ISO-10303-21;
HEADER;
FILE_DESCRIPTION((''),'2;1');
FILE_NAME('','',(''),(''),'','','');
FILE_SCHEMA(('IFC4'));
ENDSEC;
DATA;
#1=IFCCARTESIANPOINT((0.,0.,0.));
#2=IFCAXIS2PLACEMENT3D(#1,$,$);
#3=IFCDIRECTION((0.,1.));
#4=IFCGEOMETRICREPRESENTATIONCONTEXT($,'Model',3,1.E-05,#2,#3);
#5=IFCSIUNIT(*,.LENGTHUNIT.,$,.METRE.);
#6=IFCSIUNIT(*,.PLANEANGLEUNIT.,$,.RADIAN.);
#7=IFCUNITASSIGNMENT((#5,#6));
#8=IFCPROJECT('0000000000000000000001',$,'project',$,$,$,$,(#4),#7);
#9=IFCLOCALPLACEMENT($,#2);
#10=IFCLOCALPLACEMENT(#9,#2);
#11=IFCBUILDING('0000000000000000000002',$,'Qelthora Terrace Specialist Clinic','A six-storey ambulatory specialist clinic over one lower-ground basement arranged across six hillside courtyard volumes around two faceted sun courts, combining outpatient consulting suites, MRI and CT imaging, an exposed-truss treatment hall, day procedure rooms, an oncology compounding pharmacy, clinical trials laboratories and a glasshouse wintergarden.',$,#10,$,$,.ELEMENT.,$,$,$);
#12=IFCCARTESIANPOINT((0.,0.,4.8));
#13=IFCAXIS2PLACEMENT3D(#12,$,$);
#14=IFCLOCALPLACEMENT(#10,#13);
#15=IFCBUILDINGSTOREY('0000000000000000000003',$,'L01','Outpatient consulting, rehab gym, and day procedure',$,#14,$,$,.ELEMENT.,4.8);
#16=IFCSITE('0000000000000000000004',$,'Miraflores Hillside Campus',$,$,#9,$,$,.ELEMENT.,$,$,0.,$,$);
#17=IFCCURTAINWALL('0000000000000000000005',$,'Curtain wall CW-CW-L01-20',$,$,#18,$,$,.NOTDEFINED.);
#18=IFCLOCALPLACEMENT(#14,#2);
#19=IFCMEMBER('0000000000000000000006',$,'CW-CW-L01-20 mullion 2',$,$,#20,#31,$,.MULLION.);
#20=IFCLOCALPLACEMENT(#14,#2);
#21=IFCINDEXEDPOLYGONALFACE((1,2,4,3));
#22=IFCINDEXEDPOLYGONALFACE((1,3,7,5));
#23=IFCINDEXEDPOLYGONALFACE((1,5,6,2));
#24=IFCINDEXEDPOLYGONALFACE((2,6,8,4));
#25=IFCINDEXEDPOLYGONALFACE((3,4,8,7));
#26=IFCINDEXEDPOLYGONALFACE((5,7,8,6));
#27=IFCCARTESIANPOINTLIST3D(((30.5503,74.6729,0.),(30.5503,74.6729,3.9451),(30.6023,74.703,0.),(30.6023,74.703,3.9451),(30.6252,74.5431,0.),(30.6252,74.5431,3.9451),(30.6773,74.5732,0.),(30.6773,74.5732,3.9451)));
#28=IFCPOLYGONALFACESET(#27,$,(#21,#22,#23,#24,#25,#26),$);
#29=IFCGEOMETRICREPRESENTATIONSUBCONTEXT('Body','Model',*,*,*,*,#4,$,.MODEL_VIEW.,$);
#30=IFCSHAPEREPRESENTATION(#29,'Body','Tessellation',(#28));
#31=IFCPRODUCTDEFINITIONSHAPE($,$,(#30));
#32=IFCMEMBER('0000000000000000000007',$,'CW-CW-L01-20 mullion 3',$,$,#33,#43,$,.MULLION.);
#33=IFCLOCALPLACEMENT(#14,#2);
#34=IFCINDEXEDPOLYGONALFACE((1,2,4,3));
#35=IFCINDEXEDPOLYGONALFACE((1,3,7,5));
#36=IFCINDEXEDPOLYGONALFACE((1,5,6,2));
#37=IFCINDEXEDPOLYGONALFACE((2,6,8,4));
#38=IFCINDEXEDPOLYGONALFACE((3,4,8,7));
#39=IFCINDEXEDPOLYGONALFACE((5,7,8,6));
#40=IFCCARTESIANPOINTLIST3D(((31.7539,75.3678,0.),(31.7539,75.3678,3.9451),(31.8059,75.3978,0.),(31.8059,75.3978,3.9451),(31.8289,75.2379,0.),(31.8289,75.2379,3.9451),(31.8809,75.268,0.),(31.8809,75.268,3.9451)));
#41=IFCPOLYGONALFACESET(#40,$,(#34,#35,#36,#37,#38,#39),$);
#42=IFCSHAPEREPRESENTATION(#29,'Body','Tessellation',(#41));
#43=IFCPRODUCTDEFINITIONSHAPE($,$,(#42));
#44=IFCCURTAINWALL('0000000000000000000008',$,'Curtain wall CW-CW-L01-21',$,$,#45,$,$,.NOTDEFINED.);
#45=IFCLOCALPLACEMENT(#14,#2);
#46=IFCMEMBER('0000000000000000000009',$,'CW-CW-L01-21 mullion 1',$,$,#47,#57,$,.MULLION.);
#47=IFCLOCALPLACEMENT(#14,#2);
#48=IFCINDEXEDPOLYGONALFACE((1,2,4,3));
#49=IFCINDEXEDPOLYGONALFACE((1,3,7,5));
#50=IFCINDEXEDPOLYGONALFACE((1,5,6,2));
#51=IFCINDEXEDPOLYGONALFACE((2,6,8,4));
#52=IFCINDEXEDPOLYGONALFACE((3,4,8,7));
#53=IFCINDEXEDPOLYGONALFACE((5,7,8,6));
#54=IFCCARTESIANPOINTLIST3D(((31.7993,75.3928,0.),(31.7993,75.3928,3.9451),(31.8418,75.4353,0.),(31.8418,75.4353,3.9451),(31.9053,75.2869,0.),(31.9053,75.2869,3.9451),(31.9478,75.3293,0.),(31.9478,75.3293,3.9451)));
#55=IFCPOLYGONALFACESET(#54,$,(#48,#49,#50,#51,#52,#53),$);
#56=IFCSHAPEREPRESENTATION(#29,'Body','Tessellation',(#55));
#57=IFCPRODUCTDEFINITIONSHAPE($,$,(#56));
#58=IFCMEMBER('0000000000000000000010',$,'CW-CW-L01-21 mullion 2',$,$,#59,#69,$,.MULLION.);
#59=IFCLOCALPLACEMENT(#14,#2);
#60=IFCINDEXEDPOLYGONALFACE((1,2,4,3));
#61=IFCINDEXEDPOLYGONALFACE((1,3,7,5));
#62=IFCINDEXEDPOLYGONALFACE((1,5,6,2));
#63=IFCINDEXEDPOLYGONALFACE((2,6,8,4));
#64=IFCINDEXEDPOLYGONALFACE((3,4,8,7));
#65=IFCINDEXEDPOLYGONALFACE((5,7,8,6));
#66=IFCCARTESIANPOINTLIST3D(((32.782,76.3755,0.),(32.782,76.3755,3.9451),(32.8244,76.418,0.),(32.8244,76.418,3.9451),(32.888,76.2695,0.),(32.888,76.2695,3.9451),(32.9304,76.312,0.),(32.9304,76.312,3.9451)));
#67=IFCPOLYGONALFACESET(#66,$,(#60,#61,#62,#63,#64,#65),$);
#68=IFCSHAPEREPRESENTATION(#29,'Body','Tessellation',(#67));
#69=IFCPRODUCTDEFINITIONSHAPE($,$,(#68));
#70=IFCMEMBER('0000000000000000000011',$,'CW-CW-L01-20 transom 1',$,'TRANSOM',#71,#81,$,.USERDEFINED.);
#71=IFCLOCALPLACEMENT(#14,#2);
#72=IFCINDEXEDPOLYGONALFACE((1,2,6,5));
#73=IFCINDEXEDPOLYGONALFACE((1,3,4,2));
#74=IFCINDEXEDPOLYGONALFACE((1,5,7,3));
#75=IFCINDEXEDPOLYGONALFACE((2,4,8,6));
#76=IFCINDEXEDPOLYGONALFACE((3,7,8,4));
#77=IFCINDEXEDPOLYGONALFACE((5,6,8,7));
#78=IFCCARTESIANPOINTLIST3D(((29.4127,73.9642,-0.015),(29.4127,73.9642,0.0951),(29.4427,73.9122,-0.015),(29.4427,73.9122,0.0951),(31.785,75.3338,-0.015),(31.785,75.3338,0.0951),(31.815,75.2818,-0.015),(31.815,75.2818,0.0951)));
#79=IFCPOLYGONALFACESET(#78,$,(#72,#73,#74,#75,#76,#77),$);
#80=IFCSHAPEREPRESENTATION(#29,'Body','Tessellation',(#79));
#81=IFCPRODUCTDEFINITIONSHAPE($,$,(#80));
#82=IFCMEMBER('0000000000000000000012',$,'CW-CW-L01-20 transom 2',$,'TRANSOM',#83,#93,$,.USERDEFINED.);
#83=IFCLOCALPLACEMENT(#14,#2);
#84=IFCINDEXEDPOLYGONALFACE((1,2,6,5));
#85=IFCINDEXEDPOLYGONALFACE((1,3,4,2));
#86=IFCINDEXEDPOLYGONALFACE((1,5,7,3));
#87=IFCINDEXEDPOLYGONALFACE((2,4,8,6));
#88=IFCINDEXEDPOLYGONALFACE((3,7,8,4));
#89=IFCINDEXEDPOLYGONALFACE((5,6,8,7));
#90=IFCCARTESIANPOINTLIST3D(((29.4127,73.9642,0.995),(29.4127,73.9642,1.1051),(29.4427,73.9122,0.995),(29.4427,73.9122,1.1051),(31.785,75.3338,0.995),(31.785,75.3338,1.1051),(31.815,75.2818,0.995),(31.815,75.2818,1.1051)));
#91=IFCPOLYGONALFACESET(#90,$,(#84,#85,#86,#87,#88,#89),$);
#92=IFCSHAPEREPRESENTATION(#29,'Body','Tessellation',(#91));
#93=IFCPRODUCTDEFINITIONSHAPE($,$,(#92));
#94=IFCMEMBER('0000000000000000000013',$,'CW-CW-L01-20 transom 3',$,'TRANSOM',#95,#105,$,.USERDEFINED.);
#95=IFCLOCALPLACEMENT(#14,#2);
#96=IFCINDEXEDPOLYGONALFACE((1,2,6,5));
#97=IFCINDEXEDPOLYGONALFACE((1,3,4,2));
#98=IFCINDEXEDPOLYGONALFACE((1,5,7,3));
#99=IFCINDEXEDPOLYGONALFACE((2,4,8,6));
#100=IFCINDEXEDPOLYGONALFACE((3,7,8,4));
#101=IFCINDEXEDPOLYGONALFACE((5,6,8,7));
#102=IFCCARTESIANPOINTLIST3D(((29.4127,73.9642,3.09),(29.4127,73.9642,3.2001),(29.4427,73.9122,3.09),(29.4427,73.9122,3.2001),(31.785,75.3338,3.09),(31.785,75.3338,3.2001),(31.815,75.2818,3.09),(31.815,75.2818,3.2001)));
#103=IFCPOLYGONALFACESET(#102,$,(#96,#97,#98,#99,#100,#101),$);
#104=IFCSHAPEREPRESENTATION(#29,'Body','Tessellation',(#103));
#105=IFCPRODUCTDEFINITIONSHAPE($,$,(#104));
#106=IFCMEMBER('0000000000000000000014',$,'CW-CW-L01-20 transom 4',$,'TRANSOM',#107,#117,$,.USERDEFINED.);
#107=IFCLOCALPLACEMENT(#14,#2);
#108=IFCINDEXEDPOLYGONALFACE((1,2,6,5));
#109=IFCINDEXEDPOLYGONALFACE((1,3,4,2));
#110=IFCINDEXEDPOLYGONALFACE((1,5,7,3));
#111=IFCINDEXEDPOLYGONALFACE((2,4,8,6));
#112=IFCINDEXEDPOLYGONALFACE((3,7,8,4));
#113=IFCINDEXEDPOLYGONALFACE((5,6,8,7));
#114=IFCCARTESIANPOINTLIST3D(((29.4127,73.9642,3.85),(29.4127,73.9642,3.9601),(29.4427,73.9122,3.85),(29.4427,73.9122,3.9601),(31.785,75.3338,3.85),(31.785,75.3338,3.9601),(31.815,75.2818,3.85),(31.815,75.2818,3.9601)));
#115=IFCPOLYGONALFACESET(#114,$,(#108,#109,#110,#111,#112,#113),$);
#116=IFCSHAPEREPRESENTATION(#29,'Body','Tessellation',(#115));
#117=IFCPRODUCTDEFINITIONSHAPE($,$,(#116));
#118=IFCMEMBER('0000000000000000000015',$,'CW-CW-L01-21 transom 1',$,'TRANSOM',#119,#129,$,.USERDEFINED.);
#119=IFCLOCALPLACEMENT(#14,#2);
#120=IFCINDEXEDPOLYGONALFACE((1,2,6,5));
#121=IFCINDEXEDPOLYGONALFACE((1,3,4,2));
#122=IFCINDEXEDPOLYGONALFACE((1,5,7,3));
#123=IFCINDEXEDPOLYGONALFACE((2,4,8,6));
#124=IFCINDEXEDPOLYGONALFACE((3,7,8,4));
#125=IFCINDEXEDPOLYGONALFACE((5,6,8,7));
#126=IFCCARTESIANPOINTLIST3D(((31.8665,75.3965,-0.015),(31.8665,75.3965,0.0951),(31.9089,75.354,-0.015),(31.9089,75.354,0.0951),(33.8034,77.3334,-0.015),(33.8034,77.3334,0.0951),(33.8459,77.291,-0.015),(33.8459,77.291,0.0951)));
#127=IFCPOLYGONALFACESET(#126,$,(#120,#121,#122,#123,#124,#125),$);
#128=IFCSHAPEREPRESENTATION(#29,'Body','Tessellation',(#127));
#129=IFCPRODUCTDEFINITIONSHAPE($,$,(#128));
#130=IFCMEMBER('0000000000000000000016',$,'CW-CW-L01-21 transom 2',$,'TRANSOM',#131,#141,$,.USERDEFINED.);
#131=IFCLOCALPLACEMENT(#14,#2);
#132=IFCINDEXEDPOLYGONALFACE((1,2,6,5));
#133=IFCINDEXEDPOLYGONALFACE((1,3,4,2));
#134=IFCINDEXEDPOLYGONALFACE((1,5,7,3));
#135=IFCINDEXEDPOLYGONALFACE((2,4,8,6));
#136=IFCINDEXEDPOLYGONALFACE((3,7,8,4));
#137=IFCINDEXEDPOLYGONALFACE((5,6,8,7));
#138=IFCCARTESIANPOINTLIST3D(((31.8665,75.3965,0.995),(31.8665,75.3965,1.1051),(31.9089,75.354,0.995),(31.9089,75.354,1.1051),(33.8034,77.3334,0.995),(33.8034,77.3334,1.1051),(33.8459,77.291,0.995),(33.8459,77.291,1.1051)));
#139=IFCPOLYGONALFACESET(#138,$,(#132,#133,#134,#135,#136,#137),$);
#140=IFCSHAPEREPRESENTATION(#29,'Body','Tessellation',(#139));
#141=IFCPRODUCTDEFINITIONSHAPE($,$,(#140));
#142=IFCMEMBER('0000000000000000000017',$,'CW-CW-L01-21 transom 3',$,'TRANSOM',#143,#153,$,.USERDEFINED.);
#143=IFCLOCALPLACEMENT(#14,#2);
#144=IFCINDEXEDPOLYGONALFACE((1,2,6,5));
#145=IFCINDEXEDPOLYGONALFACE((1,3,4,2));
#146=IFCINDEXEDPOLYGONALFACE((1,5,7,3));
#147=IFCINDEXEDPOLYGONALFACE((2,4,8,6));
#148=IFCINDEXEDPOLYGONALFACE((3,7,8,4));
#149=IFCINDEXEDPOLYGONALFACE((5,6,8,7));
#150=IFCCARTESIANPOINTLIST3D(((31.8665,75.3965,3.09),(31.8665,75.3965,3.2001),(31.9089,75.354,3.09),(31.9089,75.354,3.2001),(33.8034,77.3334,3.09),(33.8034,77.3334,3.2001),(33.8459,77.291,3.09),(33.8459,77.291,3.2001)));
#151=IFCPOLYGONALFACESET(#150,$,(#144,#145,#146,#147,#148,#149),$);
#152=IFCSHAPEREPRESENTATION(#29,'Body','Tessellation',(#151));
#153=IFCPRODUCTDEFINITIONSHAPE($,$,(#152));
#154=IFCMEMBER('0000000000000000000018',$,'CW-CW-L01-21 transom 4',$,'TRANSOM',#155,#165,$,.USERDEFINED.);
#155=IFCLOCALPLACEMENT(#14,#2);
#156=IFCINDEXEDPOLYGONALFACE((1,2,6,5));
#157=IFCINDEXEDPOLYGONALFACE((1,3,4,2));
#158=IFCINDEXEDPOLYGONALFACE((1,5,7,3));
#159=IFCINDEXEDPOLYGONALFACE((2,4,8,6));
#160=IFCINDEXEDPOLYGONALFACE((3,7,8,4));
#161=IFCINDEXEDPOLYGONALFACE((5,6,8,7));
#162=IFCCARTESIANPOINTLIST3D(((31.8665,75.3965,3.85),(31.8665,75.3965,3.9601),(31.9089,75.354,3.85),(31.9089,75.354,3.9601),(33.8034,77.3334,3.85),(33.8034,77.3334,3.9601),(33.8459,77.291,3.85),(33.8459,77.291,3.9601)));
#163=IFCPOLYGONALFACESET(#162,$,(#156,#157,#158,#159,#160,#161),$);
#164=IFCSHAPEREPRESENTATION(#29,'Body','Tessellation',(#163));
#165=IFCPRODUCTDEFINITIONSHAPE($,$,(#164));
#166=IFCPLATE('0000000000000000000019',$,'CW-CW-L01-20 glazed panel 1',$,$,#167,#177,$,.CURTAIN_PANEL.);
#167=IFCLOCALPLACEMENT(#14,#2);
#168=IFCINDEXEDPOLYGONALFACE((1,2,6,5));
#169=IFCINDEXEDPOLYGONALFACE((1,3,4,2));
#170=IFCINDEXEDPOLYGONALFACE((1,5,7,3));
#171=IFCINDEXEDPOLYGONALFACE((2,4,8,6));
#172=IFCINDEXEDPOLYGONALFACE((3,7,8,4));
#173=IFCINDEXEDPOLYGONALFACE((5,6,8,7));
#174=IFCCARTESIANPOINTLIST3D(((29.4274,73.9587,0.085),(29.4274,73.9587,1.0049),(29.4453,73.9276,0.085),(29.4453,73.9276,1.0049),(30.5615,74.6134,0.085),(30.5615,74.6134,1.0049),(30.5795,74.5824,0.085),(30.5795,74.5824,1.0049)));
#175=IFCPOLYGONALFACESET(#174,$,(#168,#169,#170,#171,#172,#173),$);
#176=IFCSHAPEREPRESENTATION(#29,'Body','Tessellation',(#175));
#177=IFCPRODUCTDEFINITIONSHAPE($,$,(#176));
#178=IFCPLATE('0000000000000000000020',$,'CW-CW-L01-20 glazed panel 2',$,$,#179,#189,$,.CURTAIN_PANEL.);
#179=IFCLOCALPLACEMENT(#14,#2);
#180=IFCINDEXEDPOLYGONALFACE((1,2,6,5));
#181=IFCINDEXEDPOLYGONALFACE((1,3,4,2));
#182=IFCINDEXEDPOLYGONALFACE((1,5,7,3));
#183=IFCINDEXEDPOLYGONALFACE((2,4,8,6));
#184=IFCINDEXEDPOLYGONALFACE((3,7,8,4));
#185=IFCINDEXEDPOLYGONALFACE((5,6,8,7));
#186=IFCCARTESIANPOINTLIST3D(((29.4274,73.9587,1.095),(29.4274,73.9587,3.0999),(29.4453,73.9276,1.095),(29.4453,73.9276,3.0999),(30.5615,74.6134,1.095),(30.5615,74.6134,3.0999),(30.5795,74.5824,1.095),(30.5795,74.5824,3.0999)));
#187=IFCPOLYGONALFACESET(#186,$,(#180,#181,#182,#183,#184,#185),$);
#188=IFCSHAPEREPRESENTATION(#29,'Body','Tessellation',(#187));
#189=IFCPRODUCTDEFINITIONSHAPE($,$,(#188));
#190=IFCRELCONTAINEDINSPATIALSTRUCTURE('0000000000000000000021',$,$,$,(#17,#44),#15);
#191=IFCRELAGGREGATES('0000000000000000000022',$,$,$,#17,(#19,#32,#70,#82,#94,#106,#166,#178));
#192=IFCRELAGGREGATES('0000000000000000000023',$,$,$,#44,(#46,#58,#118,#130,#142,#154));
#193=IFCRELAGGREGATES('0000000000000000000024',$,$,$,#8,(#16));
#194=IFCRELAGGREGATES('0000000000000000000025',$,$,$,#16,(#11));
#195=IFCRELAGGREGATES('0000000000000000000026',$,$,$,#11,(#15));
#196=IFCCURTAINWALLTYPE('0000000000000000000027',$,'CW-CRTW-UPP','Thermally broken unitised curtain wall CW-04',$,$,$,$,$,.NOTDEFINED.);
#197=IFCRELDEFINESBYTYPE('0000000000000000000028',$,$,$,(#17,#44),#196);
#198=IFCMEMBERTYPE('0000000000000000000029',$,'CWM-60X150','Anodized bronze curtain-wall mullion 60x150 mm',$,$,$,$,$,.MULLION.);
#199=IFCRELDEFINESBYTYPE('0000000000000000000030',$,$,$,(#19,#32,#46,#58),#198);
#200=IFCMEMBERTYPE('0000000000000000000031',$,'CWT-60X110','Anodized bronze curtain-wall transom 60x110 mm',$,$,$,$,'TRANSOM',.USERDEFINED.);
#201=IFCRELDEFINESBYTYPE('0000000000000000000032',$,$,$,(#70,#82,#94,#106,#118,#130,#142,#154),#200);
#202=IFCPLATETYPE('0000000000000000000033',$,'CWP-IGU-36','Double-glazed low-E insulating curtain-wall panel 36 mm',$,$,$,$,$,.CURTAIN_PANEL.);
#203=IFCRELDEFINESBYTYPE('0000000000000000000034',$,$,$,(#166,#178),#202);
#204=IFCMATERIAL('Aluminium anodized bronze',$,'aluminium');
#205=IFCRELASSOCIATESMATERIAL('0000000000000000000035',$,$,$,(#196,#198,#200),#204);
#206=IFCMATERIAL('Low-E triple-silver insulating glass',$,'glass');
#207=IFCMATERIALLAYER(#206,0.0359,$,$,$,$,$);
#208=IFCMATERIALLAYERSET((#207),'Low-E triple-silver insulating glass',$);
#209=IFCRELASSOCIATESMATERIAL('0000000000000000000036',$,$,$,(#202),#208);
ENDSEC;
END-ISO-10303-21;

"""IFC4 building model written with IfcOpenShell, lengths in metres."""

from ifc_helpers import new_model, si_unit, direction, frame, origin, origin_2d, place, context, subcontext, project, spatial, rectangle, extrude, material, layer, layer_set, material_profile, profile_set, type_object, element, aggregate, save


model = new_model("IFC4")

# Units and contexts
model_context = context("Model", 3, precision=1e-05, world=origin(), true_north=direction((0.0, 1.0)))
body_context = subcontext(model_context, "Body", "Model", "MODEL_VIEW")
ifc_project = project(units=[si_unit("LENGTHUNIT", "METRE"), si_unit("PLANEANGLEUNIT", "RADIAN")], contexts=[model_context])

# Site, building, storey
site_placement = place(None, origin())
site = spatial("IfcSite", under=ifc_project, at=site_placement, Name="Miraflores Hillside Campus", CompositionType="ELEMENT", RefElevation=0.0)
building_placement = place(site_placement, origin())
building = spatial("IfcBuilding", under=site, at=building_placement, Name="Qelthora Terrace Specialist Clinic", Description="A six-storey ambulatory specialist clinic over one lower-ground basement arranged across six hillside courtyard volumes around two faceted sun courts, combining outpatient consulting suites, MRI and CT imaging, an exposed-truss treatment hall, day procedure rooms, an oncology compounding pharmacy, clinical trials laboratories and a glasshouse wintergarden.", CompositionType="ELEMENT")
storey_placement = place(building_placement, frame((0.0, 0.0, 4.8)))
storey = spatial("IfcBuildingStorey", under=building, at=storey_placement, Name="L01", Description="Outpatient consulting, rehab gym, and day procedure", CompositionType="ELEMENT", Elevation=4.8)

# Curtain walls, members
ifc_material_1 = material(Name="Aluminium anodized bronze", Category="aluminium")
curtain_wall_type = type_object("IfcCurtainWallType", Name="CW-CRTW-UPP", Description="Thermally broken unitised curtain wall CW-04", PredefinedType="NOTDEFINED", material=ifc_material_1)
curtain_wall_1_placement = place(storey_placement, origin())
curtain_wall_1 = element("IfcCurtainWall", 1, at=curtain_wall_1_placement, inside=storey, type_object=curtain_wall_type, Name="Curtain wall CW-CW-L01-20", PredefinedType="NOTDEFINED")
ifc_material_profile_1 = material_profile(ifc_material_1, rectangle(XDim=0.0601, YDim=0.1499, at=origin_2d()), Name="CWM60X150")
ifc_profile_set_1 = profile_set([ifc_material_profile_1], Name="Aluminium anodized bronze")
member_type_1 = type_object("IfcMemberType", Name="CWM-60X150", Description="Anodized bronze curtain-wall mullion 60x150 mm", PredefinedType="MULLION", material=ifc_profile_set_1)
member_1_placement = place(storey_placement, frame((30.6138, 74.623, 0.0), z_axis=(0.0, 0.0, 1.0), x_axis=(0.866026, 0.5, 0.0)))
member_1 = element("IfcMember", 2, at=member_1_placement, type_object=member_type_1, Name="CW-CW-L01-20 mullion 2", PredefinedType="MULLION", context=body_context, shape_type="SweptSolid", body=[
    extrude(rectangle(XDim=0.0601, YDim=0.1499, at=origin_2d()), origin(), (0.0, 0.0, 1.0), 3.9451),
])
member_2_placement = place(storey_placement, frame((31.8174, 75.3179, 0.0), z_axis=(0.0, 0.0, 1.0), x_axis=(0.866026, 0.5, 0.0)))
member_2 = element("IfcMember", 3, at=member_2_placement, type_object=member_type_1, Name="CW-CW-L01-20 mullion 3", PredefinedType="MULLION", context=body_context, shape_type="SweptSolid", body=[
    extrude(rectangle(XDim=0.0601, YDim=0.1499, at=origin_2d()), origin(), (0.0, 0.0, 1.0), 3.9451),
])
curtain_wall_2_placement = place(storey_placement, origin())
curtain_wall_2 = element("IfcCurtainWall", 4, at=curtain_wall_2_placement, inside=storey, type_object=curtain_wall_type, Name="Curtain wall CW-CW-L01-21", PredefinedType="NOTDEFINED")
member_3_placement = place(storey_placement, frame((31.8735, 75.3611, 0.0), z_axis=(0.0, 0.0, 1.0), x_axis=(0.707107, 0.707107, 0.0)))
member_3 = element("IfcMember", 5, at=member_3_placement, type_object=member_type_1, Name="CW-CW-L01-21 mullion 1", PredefinedType="MULLION", context=body_context, shape_type="SweptSolid", body=[
    extrude(rectangle(XDim=0.0601, YDim=0.1499, at=origin_2d()), origin(), (0.0, 0.0, 1.0), 3.9451),
])
member_4_placement = place(storey_placement, frame((32.8562, 76.3438, 0.0), z_axis=(0.0, 0.0, 1.0), x_axis=(0.707107, 0.707107, 0.0)))
member_4 = element("IfcMember", 6, at=member_4_placement, type_object=member_type_1, Name="CW-CW-L01-21 mullion 2", PredefinedType="MULLION", context=body_context, shape_type="SweptSolid", body=[
    extrude(rectangle(XDim=0.0601, YDim=0.1499, at=origin_2d()), origin(), (0.0, 0.0, 1.0), 3.9451),
])

# Members
ifc_material_profile_2 = material_profile(ifc_material_1, rectangle(XDim=0.0601, YDim=0.1101, at=origin_2d()), Name="CWT60X110")
ifc_profile_set_2 = profile_set([ifc_material_profile_2], Name="Aluminium anodized bronze")
member_type_2 = type_object("IfcMemberType", Name="CWT-60X110", Description="Anodized bronze curtain-wall transom 60x110 mm", ElementType="TRANSOM", PredefinedType="USERDEFINED", material=ifc_profile_set_2)
member_5_placement = place(storey_placement, frame((29.4277, 73.9382, 0.04), z_axis=(0.86603, 0.499992, 0.0), x_axis=(-0.499992, 0.86603, 0.0)))
member_5 = element("IfcMember", 7, at=member_5_placement, type_object=member_type_2, Name="CW-CW-L01-20 transom 1", ObjectType="TRANSOM", PredefinedType="USERDEFINED", context=body_context, shape_type="SweptSolid", body=[
    extrude(rectangle(XDim=0.0601, YDim=0.1101, at=origin_2d()), origin(), (0.0, 0.0, 1.0), 2.7393),
])
member_6_placement = place(storey_placement, frame((29.4277, 73.9382, 1.05), z_axis=(0.86603, 0.499992, 0.0), x_axis=(-0.499992, 0.86603, 0.0)))
member_6 = element("IfcMember", 8, at=member_6_placement, type_object=member_type_2, Name="CW-CW-L01-20 transom 2", ObjectType="TRANSOM", PredefinedType="USERDEFINED", context=body_context, shape_type="SweptSolid", body=[
    extrude(rectangle(XDim=0.0601, YDim=0.1101, at=origin_2d()), origin(), (0.0, 0.0, 1.0), 2.7393),
])
member_7_placement = place(storey_placement, frame((29.4277, 73.9382, 3.145), z_axis=(0.86603, 0.499992, 0.0), x_axis=(-0.499992, 0.86603, 0.0)))
member_7 = element("IfcMember", 9, at=member_7_placement, type_object=member_type_2, Name="CW-CW-L01-20 transom 3", ObjectType="TRANSOM", PredefinedType="USERDEFINED", context=body_context, shape_type="SweptSolid", body=[
    extrude(rectangle(XDim=0.0601, YDim=0.1101, at=origin_2d()), origin(), (0.0, 0.0, 1.0), 2.7393),
])
member_8_placement = place(storey_placement, frame((29.4277, 73.9382, 3.905), z_axis=(0.86603, 0.499992, 0.0), x_axis=(-0.499992, 0.86603, 0.0)))
member_8 = element("IfcMember", 10, at=member_8_placement, type_object=member_type_2, Name="CW-CW-L01-20 transom 4", ObjectType="TRANSOM", PredefinedType="USERDEFINED", context=body_context, shape_type="SweptSolid", body=[
    extrude(rectangle(XDim=0.0601, YDim=0.1101, at=origin_2d()), origin(), (0.0, 0.0, 1.0), 2.7393),
])
member_9_placement = place(storey_placement, frame((31.8877, 75.3752, 0.04), z_axis=(0.707107, 0.707107, 0.0), x_axis=(-0.707107, 0.707107, 0.0)))
member_9 = element("IfcMember", 11, at=member_9_placement, type_object=member_type_2, Name="CW-CW-L01-21 transom 1", ObjectType="TRANSOM", PredefinedType="USERDEFINED", context=body_context, shape_type="SweptSolid", body=[
    extrude(rectangle(XDim=0.0601, YDim=0.1101, at=origin_2d()), origin(), (0.0, 0.0, 1.0), 2.7393),
])
member_10_placement = place(storey_placement, frame((31.8877, 75.3752, 1.05), z_axis=(0.707107, 0.707107, 0.0), x_axis=(-0.707107, 0.707107, 0.0)))
member_10 = element("IfcMember", 12, at=member_10_placement, type_object=member_type_2, Name="CW-CW-L01-21 transom 2", ObjectType="TRANSOM", PredefinedType="USERDEFINED", context=body_context, shape_type="SweptSolid", body=[
    extrude(rectangle(XDim=0.0601, YDim=0.1101, at=origin_2d()), origin(), (0.0, 0.0, 1.0), 2.7393),
])
member_11_placement = place(storey_placement, frame((31.8877, 75.3752, 3.145), z_axis=(0.707107, 0.707107, 0.0), x_axis=(-0.707107, 0.707107, 0.0)))
member_11 = element("IfcMember", 13, at=member_11_placement, type_object=member_type_2, Name="CW-CW-L01-21 transom 3", ObjectType="TRANSOM", PredefinedType="USERDEFINED", context=body_context, shape_type="SweptSolid", body=[
    extrude(rectangle(XDim=0.0601, YDim=0.1101, at=origin_2d()), origin(), (0.0, 0.0, 1.0), 2.7393),
])
member_12_placement = place(storey_placement, frame((31.8877, 75.3752, 3.905), z_axis=(0.707107, 0.707107, 0.0), x_axis=(-0.707107, 0.707107, 0.0)))
member_12 = element("IfcMember", 14, at=member_12_placement, type_object=member_type_2, Name="CW-CW-L01-21 transom 4", ObjectType="TRANSOM", PredefinedType="USERDEFINED", context=body_context, shape_type="SweptSolid", body=[
    extrude(rectangle(XDim=0.0601, YDim=0.1101, at=origin_2d()), origin(), (0.0, 0.0, 1.0), 2.7393),
])

# Plates
ifc_material_2 = material(Name="Low-E triple-silver insulating glass", Category="glass")
ifc_layer = layer(ifc_material_2, 0.0359)
ifc_layer_set = layer_set([ifc_layer], Name="Low-E triple-silver insulating glass")
plate_type = type_object("IfcPlateType", Name="CWP-IGU-36", Description="Double-glazed low-E insulating curtain-wall panel 36 mm", PredefinedType="CURTAIN_PANEL", material=ifc_layer_set)
plate_1_placement = place(storey_placement, frame((30.0034, 74.2705, 0.085), z_axis=(0.0, 0.0, 1.0), x_axis=(0.866025, 0.5, 0.0)))
plate_1 = element("IfcPlate", 15, at=plate_1_placement, type_object=plate_type, Name="CW-CW-L01-20 glazed panel 1", PredefinedType="CURTAIN_PANEL", context=body_context, shape_type="SweptSolid", body=[
    extrude(rectangle(XDim=1.3096, YDim=0.0359, at=origin_2d()), origin(), (0.0, 0.0, 1.0), 0.9199),
])
plate_2_placement = place(storey_placement, frame((30.0034, 74.2705, 1.095), z_axis=(0.0, 0.0, 1.0), x_axis=(0.866025, 0.5, 0.0)))
plate_2 = element("IfcPlate", 16, at=plate_2_placement, type_object=plate_type, Name="CW-CW-L01-20 glazed panel 2", PredefinedType="CURTAIN_PANEL", context=body_context, shape_type="SweptSolid", body=[
    extrude(rectangle(XDim=1.3096, YDim=0.0359, at=origin_2d()), origin(), (0.0, 0.0, 1.0), 2.0049),
])
aggregate(curtain_wall_1, [member_1, member_2, member_5, member_6, member_7, member_8, plate_1, plate_2])
aggregate(curtain_wall_2, [member_3, member_4, member_9, member_10, member_11, member_12])

save(model, "model.ifc")
